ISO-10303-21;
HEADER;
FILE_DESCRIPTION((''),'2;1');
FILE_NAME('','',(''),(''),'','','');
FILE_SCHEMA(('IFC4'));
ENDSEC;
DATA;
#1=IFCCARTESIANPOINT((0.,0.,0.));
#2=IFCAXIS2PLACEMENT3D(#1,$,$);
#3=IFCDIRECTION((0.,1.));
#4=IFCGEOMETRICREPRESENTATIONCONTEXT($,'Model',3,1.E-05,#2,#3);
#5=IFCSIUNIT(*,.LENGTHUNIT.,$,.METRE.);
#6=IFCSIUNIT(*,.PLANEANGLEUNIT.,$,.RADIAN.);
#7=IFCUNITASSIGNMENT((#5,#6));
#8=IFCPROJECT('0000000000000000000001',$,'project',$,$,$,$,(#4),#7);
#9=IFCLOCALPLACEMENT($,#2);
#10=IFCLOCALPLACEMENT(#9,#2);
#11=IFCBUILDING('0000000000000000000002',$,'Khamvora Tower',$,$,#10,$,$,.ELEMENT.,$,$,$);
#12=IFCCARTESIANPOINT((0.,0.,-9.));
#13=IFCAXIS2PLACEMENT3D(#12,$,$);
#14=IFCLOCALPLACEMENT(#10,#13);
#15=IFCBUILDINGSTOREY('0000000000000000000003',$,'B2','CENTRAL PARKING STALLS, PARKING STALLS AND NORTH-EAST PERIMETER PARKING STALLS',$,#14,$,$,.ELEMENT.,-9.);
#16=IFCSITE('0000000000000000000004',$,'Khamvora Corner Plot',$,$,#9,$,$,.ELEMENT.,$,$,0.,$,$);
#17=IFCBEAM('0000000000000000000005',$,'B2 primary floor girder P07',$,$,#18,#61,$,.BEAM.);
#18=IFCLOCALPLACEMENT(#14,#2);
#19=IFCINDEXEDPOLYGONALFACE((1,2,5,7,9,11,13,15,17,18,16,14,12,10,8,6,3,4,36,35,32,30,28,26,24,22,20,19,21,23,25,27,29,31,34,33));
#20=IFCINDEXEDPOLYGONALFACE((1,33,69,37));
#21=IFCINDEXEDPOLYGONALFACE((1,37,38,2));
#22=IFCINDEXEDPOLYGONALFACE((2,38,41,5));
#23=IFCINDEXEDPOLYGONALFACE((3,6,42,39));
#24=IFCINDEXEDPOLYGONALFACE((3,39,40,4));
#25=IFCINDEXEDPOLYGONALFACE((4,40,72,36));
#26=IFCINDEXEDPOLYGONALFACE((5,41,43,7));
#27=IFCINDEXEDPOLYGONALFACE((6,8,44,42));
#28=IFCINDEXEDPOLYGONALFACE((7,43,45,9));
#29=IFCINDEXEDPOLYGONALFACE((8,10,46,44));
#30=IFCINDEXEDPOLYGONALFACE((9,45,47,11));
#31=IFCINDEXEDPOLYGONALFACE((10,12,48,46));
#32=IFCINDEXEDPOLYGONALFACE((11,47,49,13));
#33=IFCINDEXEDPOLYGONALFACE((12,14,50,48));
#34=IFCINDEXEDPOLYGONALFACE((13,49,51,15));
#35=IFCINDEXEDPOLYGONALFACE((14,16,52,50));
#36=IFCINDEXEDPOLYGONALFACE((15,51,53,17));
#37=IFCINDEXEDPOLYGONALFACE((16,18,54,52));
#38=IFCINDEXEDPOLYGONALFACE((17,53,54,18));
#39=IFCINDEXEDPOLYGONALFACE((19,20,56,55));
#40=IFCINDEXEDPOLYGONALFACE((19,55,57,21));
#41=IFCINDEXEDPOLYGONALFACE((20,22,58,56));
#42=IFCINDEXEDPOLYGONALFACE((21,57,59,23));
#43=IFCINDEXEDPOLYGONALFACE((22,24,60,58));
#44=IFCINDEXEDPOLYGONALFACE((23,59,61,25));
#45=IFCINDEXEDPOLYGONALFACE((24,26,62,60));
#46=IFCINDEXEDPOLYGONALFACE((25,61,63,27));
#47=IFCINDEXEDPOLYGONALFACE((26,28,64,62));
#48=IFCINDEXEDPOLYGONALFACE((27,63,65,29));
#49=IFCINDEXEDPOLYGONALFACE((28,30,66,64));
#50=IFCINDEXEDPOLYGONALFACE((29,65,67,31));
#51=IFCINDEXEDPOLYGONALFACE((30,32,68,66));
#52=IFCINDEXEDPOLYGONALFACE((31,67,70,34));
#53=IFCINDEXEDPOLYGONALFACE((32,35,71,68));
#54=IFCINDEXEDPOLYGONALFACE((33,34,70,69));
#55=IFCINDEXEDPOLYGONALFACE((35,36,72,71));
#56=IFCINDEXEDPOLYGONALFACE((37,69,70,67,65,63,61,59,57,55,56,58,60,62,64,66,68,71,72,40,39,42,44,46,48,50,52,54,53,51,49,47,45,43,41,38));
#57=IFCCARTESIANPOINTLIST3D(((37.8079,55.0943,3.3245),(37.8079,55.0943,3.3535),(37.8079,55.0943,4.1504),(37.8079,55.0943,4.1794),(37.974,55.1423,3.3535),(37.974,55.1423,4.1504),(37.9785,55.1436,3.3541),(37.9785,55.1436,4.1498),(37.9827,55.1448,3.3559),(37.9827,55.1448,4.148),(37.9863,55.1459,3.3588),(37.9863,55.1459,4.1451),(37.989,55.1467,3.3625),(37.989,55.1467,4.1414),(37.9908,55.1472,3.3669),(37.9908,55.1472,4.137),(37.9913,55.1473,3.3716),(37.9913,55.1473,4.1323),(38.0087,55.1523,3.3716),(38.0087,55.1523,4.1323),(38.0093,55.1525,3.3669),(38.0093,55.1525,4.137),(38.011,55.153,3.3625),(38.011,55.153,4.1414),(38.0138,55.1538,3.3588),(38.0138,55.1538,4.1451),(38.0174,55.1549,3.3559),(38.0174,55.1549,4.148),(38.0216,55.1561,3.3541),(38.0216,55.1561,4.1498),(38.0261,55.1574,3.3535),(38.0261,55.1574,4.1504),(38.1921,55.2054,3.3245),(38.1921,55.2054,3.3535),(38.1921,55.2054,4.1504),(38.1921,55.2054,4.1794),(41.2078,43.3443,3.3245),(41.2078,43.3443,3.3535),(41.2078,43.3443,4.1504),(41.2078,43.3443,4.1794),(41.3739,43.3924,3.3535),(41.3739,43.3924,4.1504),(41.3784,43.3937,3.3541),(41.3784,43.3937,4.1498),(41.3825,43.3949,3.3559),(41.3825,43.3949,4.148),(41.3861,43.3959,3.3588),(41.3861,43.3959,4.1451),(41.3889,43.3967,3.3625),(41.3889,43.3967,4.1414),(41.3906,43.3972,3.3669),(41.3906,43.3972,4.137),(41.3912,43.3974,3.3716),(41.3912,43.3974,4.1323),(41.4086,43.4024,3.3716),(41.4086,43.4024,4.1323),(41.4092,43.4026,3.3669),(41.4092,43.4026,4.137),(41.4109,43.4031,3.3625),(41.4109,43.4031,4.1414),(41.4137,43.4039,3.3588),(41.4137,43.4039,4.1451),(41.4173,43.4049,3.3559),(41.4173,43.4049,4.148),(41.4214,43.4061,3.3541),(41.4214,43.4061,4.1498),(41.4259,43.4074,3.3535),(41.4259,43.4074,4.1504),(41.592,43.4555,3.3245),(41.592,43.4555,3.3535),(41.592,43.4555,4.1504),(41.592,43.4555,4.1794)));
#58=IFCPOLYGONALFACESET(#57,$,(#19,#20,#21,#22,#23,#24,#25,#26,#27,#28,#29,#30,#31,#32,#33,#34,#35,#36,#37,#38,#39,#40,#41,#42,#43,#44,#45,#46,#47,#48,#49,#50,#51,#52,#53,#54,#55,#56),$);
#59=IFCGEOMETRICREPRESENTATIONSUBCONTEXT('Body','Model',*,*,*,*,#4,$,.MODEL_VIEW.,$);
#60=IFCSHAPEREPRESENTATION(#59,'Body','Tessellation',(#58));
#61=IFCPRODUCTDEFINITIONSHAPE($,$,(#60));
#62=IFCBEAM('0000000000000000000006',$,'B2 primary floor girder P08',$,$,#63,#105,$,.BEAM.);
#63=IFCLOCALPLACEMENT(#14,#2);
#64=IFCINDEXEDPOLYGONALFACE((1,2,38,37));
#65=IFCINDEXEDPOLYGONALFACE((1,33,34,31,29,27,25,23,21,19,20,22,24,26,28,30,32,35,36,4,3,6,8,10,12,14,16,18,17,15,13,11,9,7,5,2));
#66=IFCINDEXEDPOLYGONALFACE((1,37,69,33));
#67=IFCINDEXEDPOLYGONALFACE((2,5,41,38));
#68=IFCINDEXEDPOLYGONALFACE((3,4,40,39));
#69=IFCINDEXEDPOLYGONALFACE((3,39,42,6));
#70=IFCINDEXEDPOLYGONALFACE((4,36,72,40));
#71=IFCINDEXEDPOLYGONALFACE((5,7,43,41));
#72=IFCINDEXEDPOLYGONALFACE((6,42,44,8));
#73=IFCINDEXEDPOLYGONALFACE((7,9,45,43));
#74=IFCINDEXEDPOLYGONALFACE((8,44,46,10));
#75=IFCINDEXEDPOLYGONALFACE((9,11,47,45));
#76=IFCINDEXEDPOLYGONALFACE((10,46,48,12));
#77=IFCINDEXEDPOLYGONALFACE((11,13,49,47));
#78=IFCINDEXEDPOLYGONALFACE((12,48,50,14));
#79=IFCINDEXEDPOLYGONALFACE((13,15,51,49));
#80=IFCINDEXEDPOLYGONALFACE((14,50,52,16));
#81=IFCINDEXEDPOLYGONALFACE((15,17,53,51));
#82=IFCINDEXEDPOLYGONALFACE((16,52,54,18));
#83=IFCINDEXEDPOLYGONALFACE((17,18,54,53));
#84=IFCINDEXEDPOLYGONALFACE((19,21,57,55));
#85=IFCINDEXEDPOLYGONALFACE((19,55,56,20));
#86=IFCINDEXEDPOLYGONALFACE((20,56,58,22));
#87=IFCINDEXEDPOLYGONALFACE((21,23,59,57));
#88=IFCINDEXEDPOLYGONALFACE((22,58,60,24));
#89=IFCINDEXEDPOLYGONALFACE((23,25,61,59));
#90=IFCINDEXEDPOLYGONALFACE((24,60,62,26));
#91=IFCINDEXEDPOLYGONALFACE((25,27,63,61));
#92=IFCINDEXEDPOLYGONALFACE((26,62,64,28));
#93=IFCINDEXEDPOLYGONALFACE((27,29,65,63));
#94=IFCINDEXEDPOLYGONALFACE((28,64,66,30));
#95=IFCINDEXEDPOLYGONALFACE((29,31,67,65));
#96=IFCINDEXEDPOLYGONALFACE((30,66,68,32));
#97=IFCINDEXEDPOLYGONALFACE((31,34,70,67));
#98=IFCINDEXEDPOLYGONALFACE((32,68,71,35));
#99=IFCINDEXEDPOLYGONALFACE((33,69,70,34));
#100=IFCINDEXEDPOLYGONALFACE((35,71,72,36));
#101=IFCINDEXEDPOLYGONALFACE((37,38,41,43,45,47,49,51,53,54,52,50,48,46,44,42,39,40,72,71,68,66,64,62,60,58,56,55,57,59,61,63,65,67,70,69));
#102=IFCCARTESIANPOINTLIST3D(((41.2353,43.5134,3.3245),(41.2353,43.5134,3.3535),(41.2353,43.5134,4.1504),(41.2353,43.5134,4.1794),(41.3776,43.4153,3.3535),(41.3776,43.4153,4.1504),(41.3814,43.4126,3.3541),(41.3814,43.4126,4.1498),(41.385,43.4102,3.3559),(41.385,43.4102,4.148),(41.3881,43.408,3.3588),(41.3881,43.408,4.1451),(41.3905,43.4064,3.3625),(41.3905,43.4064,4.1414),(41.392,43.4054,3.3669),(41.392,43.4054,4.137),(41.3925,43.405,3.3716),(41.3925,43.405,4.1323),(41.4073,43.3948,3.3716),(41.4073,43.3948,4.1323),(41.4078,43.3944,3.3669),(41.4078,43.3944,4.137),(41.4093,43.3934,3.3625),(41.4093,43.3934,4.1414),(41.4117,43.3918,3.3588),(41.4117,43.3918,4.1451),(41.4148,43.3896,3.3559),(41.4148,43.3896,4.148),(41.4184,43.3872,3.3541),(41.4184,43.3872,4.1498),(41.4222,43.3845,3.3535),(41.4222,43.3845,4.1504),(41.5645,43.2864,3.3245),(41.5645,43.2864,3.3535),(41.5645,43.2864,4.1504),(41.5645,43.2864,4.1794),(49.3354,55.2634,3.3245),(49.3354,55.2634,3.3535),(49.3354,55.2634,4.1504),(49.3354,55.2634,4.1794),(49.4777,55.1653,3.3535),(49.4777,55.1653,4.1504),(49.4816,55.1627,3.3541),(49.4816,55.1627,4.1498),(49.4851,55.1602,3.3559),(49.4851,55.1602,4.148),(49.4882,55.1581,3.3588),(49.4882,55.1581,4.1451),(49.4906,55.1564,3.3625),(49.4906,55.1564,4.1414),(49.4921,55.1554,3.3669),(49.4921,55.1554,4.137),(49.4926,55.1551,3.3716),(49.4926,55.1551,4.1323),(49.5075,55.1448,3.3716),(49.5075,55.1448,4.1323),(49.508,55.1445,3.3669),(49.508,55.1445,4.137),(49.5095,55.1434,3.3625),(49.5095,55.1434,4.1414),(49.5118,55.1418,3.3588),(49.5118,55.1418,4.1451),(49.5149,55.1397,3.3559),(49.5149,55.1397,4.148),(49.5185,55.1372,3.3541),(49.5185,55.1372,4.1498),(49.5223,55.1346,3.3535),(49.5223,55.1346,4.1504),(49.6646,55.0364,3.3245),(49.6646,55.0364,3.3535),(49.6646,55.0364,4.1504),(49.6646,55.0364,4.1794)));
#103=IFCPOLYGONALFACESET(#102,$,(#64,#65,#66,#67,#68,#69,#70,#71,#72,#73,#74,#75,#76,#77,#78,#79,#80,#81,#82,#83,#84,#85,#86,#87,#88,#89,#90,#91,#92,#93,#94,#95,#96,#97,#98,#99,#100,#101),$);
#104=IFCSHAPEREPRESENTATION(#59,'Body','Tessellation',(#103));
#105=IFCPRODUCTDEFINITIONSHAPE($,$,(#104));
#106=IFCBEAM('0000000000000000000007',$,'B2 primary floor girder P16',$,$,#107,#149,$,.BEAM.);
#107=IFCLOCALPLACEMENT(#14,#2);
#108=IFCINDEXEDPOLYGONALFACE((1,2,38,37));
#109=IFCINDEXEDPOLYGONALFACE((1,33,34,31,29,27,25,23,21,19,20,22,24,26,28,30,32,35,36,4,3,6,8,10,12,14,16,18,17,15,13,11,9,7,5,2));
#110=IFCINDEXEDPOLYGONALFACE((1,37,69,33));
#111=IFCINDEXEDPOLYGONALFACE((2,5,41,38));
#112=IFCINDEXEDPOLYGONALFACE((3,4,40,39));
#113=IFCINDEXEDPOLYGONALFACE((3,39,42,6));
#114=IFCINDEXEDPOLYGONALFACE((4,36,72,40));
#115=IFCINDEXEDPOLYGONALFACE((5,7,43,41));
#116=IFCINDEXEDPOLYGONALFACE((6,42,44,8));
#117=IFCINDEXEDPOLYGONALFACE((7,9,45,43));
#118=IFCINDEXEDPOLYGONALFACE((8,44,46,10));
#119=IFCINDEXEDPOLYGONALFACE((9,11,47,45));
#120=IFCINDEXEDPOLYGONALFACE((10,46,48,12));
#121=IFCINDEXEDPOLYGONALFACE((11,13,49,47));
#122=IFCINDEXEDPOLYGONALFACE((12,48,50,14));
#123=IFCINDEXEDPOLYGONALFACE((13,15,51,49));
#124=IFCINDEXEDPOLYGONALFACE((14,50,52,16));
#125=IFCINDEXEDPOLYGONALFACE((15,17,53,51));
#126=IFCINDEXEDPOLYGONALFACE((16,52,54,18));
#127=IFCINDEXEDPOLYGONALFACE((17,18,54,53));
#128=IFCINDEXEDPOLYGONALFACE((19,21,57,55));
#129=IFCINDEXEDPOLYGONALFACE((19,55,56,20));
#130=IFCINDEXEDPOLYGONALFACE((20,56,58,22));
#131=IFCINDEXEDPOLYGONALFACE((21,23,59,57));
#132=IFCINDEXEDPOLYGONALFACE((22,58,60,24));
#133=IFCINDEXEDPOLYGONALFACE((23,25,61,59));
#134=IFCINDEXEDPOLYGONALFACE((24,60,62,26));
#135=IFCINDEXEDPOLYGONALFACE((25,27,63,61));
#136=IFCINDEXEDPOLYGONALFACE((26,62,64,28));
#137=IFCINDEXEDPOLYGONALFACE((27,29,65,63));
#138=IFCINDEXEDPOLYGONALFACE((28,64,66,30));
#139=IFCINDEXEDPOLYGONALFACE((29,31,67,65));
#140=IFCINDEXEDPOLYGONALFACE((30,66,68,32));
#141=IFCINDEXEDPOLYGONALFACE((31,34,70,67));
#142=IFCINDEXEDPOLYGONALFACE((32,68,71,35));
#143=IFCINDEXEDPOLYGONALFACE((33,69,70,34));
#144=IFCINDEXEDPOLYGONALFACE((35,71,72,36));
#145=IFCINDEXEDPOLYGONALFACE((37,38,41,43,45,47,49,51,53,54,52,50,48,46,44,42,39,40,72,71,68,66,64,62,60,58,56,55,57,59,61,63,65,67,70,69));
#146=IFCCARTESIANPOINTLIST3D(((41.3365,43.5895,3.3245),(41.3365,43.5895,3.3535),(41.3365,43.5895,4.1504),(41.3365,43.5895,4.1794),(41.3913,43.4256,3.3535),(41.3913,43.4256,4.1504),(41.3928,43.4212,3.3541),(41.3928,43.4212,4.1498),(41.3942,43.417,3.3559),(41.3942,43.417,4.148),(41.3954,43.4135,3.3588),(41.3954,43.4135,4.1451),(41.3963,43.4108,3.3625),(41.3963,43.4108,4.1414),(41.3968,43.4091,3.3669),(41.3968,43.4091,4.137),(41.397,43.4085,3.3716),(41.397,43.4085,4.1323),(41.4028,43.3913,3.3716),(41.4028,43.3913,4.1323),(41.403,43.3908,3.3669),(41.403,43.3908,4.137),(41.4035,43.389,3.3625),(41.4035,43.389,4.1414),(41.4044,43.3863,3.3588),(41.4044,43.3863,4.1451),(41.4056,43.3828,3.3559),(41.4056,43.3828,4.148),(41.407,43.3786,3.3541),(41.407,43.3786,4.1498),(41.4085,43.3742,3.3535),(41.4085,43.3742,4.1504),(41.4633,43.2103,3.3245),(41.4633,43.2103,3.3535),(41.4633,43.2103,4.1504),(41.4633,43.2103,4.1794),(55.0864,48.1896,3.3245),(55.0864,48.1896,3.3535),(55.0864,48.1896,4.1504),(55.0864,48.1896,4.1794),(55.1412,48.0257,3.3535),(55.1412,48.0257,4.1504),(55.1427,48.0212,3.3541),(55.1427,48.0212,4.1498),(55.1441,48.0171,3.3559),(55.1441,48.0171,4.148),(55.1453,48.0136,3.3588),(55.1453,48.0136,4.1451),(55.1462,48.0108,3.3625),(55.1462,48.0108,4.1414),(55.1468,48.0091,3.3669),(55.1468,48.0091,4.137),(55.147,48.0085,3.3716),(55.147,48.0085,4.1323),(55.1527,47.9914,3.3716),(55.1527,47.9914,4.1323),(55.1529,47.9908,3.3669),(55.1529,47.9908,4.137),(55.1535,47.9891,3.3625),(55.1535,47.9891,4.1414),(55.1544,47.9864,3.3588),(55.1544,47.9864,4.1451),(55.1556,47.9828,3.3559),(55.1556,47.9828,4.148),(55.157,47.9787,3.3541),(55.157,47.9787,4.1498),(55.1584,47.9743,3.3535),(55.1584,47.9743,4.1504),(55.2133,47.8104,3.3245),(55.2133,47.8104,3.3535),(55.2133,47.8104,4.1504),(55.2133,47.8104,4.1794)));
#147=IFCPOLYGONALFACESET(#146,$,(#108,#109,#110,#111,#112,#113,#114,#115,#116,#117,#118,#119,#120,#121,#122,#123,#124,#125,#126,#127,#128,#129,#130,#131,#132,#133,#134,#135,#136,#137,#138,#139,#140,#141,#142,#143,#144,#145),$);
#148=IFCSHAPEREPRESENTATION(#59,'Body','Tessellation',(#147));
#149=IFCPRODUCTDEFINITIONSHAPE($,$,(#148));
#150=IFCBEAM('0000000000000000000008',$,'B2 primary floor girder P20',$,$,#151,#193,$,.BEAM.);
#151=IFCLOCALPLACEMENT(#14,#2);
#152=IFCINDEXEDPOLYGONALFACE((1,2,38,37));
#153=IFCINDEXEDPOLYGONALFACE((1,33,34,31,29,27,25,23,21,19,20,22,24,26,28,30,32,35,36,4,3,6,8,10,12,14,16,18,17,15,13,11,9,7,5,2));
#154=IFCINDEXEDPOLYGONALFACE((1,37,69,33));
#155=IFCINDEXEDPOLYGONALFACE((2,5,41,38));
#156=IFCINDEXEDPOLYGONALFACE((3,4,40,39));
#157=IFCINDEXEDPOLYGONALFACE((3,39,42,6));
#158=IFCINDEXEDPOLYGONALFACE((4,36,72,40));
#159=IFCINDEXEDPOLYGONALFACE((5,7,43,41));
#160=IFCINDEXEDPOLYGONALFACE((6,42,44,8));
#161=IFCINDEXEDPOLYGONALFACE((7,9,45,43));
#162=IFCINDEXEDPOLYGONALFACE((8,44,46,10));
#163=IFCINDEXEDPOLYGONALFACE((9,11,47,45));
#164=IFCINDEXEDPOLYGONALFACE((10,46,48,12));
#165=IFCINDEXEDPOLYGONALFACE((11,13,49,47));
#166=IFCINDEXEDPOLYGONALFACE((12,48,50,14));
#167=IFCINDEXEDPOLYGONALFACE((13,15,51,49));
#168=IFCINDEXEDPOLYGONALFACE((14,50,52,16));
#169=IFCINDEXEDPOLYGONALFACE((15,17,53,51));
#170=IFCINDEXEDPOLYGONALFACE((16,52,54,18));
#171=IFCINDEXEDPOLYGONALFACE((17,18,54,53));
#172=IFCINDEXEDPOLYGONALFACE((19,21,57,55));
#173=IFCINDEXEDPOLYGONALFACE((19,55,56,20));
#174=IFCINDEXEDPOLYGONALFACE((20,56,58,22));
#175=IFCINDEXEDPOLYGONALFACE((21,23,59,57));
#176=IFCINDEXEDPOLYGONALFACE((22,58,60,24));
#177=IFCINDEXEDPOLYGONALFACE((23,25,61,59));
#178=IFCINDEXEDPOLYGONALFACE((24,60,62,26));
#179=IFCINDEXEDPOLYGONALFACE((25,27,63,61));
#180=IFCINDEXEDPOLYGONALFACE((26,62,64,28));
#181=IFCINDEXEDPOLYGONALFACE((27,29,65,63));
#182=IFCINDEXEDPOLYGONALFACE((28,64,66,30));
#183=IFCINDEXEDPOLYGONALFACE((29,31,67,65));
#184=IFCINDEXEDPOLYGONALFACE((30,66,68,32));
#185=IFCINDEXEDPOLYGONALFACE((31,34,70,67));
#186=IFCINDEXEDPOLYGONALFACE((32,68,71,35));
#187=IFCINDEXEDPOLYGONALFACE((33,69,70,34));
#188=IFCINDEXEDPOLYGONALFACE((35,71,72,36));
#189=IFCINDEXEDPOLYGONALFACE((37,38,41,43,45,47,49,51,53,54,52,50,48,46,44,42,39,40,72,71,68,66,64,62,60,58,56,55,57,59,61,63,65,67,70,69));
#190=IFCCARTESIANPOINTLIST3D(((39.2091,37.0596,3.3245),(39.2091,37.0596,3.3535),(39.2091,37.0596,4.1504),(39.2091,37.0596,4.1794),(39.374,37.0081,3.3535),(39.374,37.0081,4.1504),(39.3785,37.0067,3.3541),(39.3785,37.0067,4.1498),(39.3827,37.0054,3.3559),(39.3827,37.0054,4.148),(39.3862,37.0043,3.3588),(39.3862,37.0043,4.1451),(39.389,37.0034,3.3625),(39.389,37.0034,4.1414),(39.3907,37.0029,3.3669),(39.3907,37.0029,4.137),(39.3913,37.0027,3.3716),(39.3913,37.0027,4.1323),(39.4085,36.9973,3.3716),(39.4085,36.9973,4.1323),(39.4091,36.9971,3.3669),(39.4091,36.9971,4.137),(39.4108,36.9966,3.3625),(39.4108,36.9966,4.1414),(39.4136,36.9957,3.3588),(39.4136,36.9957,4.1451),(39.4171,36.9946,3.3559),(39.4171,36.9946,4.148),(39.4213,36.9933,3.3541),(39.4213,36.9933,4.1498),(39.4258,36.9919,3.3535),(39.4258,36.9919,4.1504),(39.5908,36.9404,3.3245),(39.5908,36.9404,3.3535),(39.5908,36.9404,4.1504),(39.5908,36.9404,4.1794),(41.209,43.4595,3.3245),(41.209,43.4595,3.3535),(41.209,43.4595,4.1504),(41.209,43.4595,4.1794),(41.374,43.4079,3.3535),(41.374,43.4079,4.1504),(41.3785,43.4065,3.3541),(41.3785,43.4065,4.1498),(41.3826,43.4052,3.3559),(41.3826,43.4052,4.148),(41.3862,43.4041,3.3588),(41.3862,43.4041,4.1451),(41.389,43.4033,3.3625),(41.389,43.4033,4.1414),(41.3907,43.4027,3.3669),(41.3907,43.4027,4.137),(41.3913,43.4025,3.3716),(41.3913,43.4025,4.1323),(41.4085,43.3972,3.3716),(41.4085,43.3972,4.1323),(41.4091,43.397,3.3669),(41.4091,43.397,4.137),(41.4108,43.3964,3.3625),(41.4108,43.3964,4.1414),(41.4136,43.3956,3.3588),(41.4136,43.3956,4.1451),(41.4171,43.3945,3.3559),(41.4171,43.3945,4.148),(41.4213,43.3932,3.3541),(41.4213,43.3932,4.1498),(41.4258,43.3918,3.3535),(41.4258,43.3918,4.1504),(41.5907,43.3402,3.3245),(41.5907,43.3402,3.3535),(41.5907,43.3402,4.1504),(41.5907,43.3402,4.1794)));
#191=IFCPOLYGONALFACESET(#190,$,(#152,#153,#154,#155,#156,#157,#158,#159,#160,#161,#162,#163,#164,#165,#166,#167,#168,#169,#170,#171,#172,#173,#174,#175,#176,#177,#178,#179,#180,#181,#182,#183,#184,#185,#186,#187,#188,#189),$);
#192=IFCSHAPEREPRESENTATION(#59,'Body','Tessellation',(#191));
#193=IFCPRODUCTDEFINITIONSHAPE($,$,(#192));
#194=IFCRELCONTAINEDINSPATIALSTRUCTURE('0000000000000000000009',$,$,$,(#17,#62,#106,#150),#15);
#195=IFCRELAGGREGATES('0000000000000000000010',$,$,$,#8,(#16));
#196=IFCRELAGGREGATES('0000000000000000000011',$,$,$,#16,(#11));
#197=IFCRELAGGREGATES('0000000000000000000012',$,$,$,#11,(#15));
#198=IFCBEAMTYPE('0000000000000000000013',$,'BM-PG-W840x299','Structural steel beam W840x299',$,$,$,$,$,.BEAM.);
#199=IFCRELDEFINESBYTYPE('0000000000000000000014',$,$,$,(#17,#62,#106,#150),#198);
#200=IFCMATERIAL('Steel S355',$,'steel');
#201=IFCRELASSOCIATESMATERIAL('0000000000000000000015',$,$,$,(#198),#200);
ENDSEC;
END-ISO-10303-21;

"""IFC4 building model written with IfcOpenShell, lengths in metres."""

from ifc_helpers import new_model, si_unit, direction, frame, origin, origin_2d, place, context, subcontext, project, spatial, i_section, extrude, material, material_profile, profile_set, type_object, element, save


model = new_model("IFC4")

# Units and contexts
model_context = context("Model", 3, precision=1e-05, world=origin(), true_north=direction((0.0, 1.0)))
body_context = subcontext(model_context, "Body", "Model", "MODEL_VIEW")
ifc_project = project(units=[si_unit("LENGTHUNIT", "METRE"), si_unit("PLANEANGLEUNIT", "RADIAN")], contexts=[model_context])

# Site, building, storey
site_placement = place(None, origin())
site = spatial("IfcSite", under=ifc_project, at=site_placement, Name="Khamvora Corner Plot", CompositionType="ELEMENT", RefElevation=0.0)
building_placement = place(site_placement, origin())
building = spatial("IfcBuilding", under=site, at=building_placement, Name="Khamvora Tower", CompositionType="ELEMENT")
storey_placement = place(building_placement, frame((0.0, 0.0, -9.0)))
storey = spatial("IfcBuildingStorey", under=building, at=storey_placement, Name="B2", Description="CENTRAL PARKING STALLS, PARKING STALLS AND NORTH-EAST PERIMETER PARKING STALLS", CompositionType="ELEMENT", Elevation=-9.0)

# Beams
ifc_material_1 = material(Name="Steel S355", Category="steel")
ifc_material_profile_1 = material_profile(ifc_material_1, i_section(OverallWidth=0.3999, OverallDepth=0.855, WebThickness=0.0181, FlangeThickness=0.0291, FilletRadius=0.0181, at=origin_2d()), Name="W840x299")
ifc_profile_set_1 = profile_set([ifc_material_profile_1], Name="Steel S355")
beam_type_1 = type_object("IfcBeamType", Name="BM-PG-W840x299", Description="Structural steel beam W840x299", PredefinedType="BEAM", material=ifc_profile_set_1)
beam_1_placement = place(storey_placement, frame((41.3999, 43.3999, 3.752), z_axis=(-0.277951, 0.960595, 0.0), x_axis=(-0.960595, -0.277951, 0.0)))
element("IfcBeam", 1, at=beam_1_placement, inside=storey, type_object=beam_type_1, Name="B2 primary floor girder P07", PredefinedType="BEAM", context=body_context, shape_type="SweptSolid", body=[
    extrude(i_section(OverallWidth=0.3999, OverallDepth=0.855, WebThickness=0.0181, FlangeThickness=0.0291, FilletRadius=0.0181, at=origin_2d()), origin(), (0.0, 0.0, 1.0), 12.2319),
])
beam_2_placement = place(storey_placement, frame((41.3999, 43.3999, 3.752), z_axis=(0.567574, 0.823322, 0.0), x_axis=(-0.823322, 0.567574, 0.0)))
element("IfcBeam", 2, at=beam_2_placement, inside=storey, type_object=beam_type_1, Name="B2 primary floor girder P08", PredefinedType="BEAM", context=body_context, shape_type="SweptSolid", body=[
    extrude(i_section(OverallWidth=0.3999, OverallDepth=0.855, WebThickness=0.0181, FlangeThickness=0.0291, FilletRadius=0.0181, at=origin_2d()), origin(), (0.0, 0.0, 1.0), 14.2715),
])
beam_3_placement = place(storey_placement, frame((41.3999, 43.3999, 3.752), z_axis=(0.948336, 0.317268, 0.0), x_axis=(-0.317268, 0.948336, 0.0)))
element("IfcBeam", 3, at=beam_3_placement, inside=storey, type_object=beam_type_1, Name="B2 primary floor girder P16", PredefinedType="BEAM", context=body_context, shape_type="SweptSolid", body=[
    extrude(i_section(OverallWidth=0.3999, OverallDepth=0.855, WebThickness=0.0181, FlangeThickness=0.0291, FilletRadius=0.0181, at=origin_2d()), origin(), (0.0, 0.0, 1.0), 14.499),
])
beam_4_placement = place(storey_placement, frame((39.3999, 37.0, 3.752), z_axis=(0.298279, 0.954479, 0.0), x_axis=(-0.954479, 0.298279, 0.0)))
element("IfcBeam", 4, at=beam_4_placement, inside=storey, type_object=beam_type_1, Name="B2 primary floor girder P20", PredefinedType="BEAM", context=body_context, shape_type="SweptSolid", body=[
    extrude(i_section(OverallWidth=0.3999, OverallDepth=0.855, WebThickness=0.0181, FlangeThickness=0.0291, FilletRadius=0.0181, at=origin_2d()), origin(), (0.0, 0.0, 1.0), 6.7051),
])

save(model, "model.ifc")
